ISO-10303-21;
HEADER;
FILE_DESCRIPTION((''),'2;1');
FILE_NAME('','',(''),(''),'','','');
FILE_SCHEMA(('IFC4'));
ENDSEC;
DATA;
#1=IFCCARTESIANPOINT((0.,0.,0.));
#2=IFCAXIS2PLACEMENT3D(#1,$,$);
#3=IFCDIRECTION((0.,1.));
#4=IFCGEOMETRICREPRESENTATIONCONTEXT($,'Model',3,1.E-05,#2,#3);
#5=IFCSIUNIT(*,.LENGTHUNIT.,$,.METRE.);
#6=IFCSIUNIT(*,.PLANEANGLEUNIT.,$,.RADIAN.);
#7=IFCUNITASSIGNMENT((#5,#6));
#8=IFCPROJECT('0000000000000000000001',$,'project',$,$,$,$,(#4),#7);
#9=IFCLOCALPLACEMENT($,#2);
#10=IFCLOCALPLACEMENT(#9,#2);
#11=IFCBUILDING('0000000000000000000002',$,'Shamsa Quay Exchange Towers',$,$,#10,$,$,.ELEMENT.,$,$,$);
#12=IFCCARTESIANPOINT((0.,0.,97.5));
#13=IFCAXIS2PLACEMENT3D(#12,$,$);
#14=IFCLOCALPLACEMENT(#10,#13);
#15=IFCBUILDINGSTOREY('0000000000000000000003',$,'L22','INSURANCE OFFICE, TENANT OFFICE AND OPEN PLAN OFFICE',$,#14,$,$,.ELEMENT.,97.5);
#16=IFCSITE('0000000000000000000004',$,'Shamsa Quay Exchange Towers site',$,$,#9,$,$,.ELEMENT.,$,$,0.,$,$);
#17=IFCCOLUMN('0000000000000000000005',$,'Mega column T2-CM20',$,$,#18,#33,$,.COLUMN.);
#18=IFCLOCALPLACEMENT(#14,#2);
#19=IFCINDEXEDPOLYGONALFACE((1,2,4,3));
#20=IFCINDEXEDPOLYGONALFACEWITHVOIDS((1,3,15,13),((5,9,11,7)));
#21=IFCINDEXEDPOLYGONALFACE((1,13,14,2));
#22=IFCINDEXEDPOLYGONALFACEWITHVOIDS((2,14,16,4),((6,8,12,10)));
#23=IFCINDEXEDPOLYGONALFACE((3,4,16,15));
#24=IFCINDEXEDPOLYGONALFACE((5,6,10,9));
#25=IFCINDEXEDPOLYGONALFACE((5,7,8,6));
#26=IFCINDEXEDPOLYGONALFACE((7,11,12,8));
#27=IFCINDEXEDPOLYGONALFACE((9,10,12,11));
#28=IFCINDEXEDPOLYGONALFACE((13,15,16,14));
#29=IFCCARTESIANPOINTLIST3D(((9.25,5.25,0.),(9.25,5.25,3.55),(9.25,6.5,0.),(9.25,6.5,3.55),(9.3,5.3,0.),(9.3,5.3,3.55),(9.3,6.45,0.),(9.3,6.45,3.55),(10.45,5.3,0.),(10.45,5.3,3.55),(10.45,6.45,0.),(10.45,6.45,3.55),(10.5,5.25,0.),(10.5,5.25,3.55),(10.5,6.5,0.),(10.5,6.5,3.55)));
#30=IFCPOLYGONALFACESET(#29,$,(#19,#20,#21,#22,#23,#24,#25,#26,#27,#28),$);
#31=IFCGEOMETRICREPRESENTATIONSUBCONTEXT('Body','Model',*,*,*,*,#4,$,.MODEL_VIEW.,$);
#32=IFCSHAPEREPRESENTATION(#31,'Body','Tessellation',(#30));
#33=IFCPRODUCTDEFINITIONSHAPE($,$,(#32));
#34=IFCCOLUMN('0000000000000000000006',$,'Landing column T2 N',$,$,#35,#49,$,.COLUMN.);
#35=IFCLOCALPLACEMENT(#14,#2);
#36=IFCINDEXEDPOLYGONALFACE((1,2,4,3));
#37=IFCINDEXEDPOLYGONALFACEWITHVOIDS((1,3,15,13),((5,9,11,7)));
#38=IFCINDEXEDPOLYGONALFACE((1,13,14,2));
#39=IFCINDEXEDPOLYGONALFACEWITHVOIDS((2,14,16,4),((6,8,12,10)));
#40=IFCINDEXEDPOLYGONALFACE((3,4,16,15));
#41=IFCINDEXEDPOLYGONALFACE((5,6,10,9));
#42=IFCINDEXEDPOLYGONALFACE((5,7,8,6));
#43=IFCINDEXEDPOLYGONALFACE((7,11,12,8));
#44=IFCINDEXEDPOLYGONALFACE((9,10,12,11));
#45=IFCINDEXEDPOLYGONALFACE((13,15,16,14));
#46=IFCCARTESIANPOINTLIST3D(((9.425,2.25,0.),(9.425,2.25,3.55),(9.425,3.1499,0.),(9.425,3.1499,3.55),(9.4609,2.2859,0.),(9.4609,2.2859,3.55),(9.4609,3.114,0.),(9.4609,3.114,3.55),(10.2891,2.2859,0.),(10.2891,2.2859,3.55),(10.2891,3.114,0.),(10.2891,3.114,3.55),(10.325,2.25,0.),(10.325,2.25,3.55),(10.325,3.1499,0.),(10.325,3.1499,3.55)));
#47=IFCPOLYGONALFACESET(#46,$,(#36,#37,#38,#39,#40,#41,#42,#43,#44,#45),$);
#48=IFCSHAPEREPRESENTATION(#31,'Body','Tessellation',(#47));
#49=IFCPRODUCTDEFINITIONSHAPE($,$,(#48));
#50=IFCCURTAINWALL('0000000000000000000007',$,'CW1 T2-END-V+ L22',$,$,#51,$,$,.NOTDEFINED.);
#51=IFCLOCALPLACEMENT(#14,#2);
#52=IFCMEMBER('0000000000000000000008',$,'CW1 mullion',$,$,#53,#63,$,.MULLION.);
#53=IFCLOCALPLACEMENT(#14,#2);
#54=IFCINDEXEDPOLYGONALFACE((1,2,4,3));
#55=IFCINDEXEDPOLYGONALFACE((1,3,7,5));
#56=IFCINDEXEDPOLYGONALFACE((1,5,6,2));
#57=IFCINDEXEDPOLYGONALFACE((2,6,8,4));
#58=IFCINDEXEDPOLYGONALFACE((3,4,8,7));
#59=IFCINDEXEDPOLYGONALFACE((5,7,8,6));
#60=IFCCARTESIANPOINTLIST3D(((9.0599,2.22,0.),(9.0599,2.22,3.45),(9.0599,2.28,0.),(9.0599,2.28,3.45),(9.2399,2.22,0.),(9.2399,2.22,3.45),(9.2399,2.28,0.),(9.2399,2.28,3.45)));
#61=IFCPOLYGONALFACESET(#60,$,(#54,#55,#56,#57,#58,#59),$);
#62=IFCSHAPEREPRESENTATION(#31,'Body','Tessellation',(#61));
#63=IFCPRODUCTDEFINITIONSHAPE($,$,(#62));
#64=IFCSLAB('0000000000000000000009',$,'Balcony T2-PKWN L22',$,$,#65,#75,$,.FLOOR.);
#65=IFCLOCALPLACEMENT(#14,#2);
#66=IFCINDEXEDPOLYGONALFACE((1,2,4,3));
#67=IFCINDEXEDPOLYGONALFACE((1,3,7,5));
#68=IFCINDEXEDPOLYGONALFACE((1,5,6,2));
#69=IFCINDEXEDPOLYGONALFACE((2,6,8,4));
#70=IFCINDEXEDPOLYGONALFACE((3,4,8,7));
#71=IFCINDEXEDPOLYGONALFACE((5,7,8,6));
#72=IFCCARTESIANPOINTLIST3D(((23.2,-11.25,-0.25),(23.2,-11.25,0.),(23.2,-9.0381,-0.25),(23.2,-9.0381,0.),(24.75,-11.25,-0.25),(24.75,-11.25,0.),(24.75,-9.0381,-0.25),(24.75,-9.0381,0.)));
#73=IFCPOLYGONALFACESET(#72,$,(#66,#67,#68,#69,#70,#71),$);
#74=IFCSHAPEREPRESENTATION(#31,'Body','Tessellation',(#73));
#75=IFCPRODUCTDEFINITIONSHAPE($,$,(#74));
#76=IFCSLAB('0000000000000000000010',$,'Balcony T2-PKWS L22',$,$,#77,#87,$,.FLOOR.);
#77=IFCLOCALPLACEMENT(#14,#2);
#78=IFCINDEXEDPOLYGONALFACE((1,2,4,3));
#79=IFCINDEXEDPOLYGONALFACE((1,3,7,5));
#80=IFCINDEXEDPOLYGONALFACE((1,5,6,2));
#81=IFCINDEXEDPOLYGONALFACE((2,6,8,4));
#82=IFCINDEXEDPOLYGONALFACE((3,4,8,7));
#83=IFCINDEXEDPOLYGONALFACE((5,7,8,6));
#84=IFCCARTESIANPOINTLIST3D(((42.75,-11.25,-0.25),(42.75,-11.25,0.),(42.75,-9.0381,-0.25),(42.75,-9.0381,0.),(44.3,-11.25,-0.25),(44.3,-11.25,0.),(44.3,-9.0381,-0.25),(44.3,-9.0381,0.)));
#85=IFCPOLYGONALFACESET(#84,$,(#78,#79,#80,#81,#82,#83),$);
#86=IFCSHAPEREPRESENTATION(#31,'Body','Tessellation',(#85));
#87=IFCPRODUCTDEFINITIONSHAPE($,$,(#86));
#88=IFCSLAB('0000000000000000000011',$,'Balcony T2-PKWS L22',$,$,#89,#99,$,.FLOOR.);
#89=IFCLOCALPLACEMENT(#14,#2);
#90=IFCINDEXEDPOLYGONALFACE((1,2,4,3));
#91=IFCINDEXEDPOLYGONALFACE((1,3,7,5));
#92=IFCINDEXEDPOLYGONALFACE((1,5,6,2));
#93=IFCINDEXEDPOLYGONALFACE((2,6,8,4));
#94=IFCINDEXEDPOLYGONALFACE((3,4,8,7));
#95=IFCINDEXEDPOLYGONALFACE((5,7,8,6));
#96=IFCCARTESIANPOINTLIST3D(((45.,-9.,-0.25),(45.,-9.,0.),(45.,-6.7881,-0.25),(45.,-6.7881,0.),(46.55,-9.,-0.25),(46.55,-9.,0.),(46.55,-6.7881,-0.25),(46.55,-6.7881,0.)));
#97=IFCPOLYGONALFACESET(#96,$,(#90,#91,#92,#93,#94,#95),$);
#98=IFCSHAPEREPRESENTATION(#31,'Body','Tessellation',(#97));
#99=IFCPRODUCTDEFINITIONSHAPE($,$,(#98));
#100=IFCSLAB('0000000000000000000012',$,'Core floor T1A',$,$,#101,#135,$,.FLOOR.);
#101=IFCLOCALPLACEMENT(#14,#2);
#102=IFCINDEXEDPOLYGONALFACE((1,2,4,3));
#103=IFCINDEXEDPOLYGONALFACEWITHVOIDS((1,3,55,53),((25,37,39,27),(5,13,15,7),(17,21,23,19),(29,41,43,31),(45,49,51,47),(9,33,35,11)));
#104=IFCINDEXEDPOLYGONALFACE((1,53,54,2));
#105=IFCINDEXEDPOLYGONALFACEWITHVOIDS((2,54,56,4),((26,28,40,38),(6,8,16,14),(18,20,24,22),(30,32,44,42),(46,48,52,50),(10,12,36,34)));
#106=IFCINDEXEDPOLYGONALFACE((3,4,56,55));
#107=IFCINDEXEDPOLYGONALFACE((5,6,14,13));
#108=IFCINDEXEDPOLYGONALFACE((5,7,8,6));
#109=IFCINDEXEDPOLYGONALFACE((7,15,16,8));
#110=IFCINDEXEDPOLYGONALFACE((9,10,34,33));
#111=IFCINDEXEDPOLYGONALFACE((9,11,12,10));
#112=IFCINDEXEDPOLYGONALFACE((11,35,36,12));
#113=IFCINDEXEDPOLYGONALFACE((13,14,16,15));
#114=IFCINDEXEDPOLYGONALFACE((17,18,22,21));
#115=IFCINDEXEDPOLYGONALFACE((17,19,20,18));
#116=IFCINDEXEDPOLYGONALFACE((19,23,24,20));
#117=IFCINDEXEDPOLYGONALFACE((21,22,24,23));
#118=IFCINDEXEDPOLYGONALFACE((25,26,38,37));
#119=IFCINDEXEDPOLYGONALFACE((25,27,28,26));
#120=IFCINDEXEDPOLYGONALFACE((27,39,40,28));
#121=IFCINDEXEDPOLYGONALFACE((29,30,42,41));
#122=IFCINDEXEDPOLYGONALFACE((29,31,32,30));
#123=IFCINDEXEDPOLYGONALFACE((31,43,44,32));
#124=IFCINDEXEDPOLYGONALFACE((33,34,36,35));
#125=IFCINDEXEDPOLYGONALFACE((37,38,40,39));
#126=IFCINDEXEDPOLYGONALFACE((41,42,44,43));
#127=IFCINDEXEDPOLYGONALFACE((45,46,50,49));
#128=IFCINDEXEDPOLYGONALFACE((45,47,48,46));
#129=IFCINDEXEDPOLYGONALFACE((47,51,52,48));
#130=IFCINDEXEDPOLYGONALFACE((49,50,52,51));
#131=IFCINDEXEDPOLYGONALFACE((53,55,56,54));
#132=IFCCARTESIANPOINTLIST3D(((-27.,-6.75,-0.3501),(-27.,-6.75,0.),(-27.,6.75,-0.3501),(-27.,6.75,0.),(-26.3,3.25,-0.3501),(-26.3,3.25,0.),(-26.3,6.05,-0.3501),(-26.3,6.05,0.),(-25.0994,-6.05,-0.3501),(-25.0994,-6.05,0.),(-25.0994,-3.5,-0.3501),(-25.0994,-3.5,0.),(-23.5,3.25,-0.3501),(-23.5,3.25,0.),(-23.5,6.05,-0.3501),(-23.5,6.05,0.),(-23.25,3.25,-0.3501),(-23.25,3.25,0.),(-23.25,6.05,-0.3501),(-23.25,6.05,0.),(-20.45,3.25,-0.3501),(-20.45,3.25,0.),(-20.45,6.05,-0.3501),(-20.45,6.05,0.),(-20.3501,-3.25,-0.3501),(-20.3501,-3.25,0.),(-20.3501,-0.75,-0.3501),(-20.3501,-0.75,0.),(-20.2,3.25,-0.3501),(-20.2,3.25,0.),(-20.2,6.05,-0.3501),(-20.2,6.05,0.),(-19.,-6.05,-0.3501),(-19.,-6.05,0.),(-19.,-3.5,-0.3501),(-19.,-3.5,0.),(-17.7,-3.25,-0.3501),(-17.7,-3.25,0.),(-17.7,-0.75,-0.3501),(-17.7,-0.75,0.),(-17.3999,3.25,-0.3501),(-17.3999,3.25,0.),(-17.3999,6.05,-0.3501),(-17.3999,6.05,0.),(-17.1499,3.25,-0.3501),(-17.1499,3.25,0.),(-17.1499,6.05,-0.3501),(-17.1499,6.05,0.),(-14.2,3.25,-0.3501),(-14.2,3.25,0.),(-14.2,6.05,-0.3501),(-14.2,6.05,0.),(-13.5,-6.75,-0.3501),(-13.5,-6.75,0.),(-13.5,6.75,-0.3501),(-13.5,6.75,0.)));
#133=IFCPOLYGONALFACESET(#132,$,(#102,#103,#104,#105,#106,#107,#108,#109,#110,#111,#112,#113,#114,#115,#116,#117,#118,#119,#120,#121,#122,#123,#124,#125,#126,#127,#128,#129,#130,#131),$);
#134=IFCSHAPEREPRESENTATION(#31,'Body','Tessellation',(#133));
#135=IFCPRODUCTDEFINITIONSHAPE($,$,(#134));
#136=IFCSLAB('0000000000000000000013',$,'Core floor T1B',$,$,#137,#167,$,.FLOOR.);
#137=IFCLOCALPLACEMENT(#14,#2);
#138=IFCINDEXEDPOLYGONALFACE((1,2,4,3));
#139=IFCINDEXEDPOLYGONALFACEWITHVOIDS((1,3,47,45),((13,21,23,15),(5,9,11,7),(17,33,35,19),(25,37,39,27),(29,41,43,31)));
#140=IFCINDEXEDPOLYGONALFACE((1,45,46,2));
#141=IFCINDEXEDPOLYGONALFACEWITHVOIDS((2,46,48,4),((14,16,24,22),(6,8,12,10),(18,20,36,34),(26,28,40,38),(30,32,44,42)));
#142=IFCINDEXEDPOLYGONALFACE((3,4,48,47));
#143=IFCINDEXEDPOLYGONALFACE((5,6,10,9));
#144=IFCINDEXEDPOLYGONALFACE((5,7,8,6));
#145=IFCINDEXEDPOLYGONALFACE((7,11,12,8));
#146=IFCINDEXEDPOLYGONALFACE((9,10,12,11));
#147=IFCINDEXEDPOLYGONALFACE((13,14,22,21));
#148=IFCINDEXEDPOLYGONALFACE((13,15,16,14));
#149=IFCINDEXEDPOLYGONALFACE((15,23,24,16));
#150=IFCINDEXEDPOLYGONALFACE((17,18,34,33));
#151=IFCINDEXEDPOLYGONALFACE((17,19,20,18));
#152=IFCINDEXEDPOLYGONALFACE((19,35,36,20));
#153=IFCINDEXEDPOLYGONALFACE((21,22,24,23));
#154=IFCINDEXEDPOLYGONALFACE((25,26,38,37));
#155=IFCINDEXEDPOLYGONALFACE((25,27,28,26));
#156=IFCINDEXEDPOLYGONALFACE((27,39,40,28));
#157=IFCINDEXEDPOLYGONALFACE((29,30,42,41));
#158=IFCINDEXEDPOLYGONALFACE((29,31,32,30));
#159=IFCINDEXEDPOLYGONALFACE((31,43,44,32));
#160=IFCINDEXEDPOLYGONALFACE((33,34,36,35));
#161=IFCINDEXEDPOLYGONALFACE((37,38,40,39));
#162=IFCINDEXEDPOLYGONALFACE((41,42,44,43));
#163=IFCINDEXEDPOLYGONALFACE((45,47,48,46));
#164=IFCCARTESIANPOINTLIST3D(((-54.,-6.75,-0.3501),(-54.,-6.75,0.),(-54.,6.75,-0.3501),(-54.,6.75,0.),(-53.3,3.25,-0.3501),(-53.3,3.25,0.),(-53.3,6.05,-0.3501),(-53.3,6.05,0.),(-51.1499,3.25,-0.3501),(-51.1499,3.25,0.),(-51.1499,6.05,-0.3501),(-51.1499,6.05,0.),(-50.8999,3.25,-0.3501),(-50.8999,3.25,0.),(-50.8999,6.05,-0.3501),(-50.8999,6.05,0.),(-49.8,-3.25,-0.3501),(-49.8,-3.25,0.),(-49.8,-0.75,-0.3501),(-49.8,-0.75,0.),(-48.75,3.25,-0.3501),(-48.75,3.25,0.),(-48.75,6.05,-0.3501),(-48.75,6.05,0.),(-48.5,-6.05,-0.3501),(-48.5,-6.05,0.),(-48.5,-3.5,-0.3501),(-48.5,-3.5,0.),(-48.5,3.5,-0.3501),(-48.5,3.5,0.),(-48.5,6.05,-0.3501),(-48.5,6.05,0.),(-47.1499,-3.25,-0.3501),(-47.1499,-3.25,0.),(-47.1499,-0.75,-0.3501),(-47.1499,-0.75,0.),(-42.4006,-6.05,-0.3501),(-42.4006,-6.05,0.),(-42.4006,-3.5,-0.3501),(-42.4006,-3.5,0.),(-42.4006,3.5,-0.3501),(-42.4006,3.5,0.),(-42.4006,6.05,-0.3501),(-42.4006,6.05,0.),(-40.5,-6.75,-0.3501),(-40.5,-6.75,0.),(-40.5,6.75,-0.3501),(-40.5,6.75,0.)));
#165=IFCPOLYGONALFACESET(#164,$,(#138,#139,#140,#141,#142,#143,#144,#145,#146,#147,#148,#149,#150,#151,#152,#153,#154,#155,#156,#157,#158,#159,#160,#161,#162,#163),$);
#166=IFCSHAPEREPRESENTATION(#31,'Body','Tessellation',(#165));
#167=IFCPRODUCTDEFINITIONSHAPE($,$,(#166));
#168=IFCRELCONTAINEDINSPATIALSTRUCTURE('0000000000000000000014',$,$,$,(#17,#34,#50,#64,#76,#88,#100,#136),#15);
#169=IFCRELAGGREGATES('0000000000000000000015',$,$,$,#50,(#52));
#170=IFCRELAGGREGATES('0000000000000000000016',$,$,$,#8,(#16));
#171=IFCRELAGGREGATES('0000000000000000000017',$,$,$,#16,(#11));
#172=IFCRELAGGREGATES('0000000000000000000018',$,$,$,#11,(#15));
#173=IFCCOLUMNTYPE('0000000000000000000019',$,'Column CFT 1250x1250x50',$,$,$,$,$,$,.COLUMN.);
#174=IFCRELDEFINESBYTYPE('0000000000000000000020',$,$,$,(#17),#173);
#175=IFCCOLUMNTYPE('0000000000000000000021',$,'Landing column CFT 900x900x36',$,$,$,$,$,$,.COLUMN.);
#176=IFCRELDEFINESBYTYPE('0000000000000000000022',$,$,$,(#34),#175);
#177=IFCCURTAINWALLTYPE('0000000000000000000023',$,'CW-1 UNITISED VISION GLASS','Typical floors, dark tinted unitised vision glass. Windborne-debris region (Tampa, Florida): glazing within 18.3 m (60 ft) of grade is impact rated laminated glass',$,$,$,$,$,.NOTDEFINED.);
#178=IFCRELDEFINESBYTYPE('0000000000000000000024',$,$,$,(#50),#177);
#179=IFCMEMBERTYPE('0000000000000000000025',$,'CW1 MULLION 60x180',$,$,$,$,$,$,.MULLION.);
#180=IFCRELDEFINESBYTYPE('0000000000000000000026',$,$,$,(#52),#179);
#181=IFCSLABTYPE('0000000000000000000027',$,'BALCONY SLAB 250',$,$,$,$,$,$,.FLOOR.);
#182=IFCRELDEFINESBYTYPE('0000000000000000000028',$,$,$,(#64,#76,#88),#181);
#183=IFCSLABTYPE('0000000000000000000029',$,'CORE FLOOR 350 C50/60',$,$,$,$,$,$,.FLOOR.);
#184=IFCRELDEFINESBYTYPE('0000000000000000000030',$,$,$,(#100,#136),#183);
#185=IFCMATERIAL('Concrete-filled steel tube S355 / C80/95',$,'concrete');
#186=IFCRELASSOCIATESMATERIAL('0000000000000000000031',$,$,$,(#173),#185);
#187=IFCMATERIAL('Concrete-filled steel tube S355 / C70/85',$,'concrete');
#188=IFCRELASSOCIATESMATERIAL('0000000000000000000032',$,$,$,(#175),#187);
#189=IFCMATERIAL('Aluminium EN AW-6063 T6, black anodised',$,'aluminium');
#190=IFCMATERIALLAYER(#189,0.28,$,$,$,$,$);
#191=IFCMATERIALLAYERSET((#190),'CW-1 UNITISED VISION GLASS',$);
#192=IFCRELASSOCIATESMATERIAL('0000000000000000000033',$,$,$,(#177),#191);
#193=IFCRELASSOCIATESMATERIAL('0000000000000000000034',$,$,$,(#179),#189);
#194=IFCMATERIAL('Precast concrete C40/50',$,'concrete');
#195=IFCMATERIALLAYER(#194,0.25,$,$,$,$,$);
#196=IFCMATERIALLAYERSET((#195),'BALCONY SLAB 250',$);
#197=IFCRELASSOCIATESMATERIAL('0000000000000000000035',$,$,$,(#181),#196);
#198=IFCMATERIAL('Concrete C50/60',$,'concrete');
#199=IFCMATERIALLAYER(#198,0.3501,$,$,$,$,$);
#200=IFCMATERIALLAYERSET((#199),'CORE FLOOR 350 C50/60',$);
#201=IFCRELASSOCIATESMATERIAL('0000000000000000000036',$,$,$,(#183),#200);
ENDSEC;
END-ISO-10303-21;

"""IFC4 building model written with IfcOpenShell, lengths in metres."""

from ifc_helpers import new_model, si_unit, direction, frame, origin, origin_2d, place, context, subcontext, project, spatial, polyline, rectangle, hollow_rectangle, outline, extrude, material, layer, layer_set, material_profile, profile_set, type_object, element, aggregate, save


model = new_model("IFC4")

# Units and contexts
model_context = context("Model", 3, precision=1e-05, world=origin(), true_north=direction((0.0, 1.0)))
body_context = subcontext(model_context, "Body", "Model", "MODEL_VIEW")
ifc_project = project(units=[si_unit("LENGTHUNIT", "METRE"), si_unit("PLANEANGLEUNIT", "RADIAN")], contexts=[model_context])

# Site, building, storey
site_placement = place(None, origin())
site = spatial("IfcSite", under=ifc_project, at=site_placement, Name="Shamsa Quay Exchange Towers site", CompositionType="ELEMENT", RefElevation=0.0)
building_placement = place(site_placement, origin())
building = spatial("IfcBuilding", under=site, at=building_placement, Name="Shamsa Quay Exchange Towers", CompositionType="ELEMENT")
storey_placement = place(building_placement, frame((0.0, 0.0, 97.5)))
storey = spatial("IfcBuildingStorey", under=building, at=storey_placement, Name="L22", Description="INSURANCE OFFICE, TENANT OFFICE AND OPEN PLAN OFFICE", CompositionType="ELEMENT", Elevation=97.5)

# Columns
ifc_material_1 = material(Name="Concrete-filled steel tube S355 / C80/95", Category="concrete")
ifc_material_profile_1 = material_profile(ifc_material_1, hollow_rectangle(XDim=1.25, YDim=1.25, WallThickness=0.05, at=origin_2d()), Name="CFT 1250x1250x50")
ifc_profile_set_1 = profile_set([ifc_material_profile_1], Name="Concrete-filled steel tube S355 / C80/95")
column_type_1 = type_object("IfcColumnType", Name="Column CFT 1250x1250x50", PredefinedType="COLUMN", material=ifc_profile_set_1)
column_1_placement = place(storey_placement, frame((9.875, 5.875, 0.0)))
element("IfcColumn", 1, at=column_1_placement, inside=storey, type_object=column_type_1, Name="Mega column T2-CM20", PredefinedType="COLUMN", context=body_context, shape_type="SweptSolid", body=[
    extrude(hollow_rectangle(XDim=1.25, YDim=1.25, WallThickness=0.05, at=origin_2d()), origin(), (0.0, 0.0, 1.0), 3.55),
])
ifc_material_2 = material(Name="Concrete-filled steel tube S355 / C70/85", Category="concrete")
ifc_material_profile_2 = material_profile(ifc_material_2, hollow_rectangle(XDim=0.8999, YDim=0.8999, WallThickness=0.0359, at=origin_2d()), Name="CFT 900x900x36")
ifc_profile_set_2 = profile_set([ifc_material_profile_2], Name="Concrete-filled steel tube S355 / C70/85")
column_type_2 = type_object("IfcColumnType", Name="Landing column CFT 900x900x36", PredefinedType="COLUMN", material=ifc_profile_set_2)
column_2_placement = place(storey_placement, frame((9.875, 2.7, 0.0)))
element("IfcColumn", 2, at=column_2_placement, inside=storey, type_object=column_type_2, Name="Landing column T2 N", PredefinedType="COLUMN", context=body_context, shape_type="SweptSolid", body=[
    extrude(hollow_rectangle(XDim=0.8999, YDim=0.8999, WallThickness=0.0359, at=origin_2d()), origin(), (0.0, 0.0, 1.0), 3.55),
])

# Curtain wall, member
ifc_material_3 = material(Name="Aluminium EN AW-6063 T6, black anodised", Category="aluminium")
ifc_layer_1 = layer(ifc_material_3, 0.28)
ifc_layer_set_1 = layer_set([ifc_layer_1], Name="CW-1 UNITISED VISION GLASS")
curtain_wall_type = type_object("IfcCurtainWallType", Name="CW-1 UNITISED VISION GLASS", Description="Typical floors, dark tinted unitised vision glass. Windborne-debris region (Tampa, Florida): glazing within 18.3 m (60 ft) of grade is impact rated laminated glass", PredefinedType="NOTDEFINED", material=ifc_layer_set_1)
curtain_wall_1_placement = place(storey_placement, origin())
curtain_wall_1 = element("IfcCurtainWall", 3, at=curtain_wall_1_placement, inside=storey, type_object=curtain_wall_type, Name="CW1 T2-END-V+ L22", PredefinedType="NOTDEFINED")
ifc_material_profile_3 = material_profile(ifc_material_3, rectangle(XDim=0.1799, YDim=0.0601, at=origin_2d()), Name="MU60x180")
ifc_profile_set_3 = profile_set([ifc_material_profile_3], Name="Aluminium EN AW-6063 T6, black anodised")
member_type = type_object("IfcMemberType", Name="CW1 MULLION 60x180", PredefinedType="MULLION", material=ifc_profile_set_3)
member_placement = place(storey_placement, frame((9.1499, 2.25, 0.0)))
member = element("IfcMember", 4, at=member_placement, type_object=member_type, Name="CW1 mullion", PredefinedType="MULLION", context=body_context, shape_type="SweptSolid", body=[
    extrude(rectangle(XDim=0.1799, YDim=0.0601, at=origin_2d()), origin(), (0.0, 0.0, 1.0), 3.45),
])

# Slabs
ifc_material_4 = material(Name="Precast concrete C40/50", Category="concrete")
ifc_layer_2 = layer(ifc_material_4, 0.25)
ifc_layer_set_2 = layer_set([ifc_layer_2], Name="BALCONY SLAB 250")
slab_type_1 = type_object("IfcSlabType", Name="BALCONY SLAB 250", PredefinedType="FLOOR", material=ifc_layer_set_2)
slab_1_placement = place(storey_placement, frame((0.0, 0.0, -0.25)))
element("IfcSlab", 5, at=slab_1_placement, inside=storey, type_object=slab_type_1, Name="Balcony T2-PKWN L22", PredefinedType="FLOOR", context=body_context, shape_type="SweptSolid", body=[
    extrude(outline(polyline([(24.75, -9.0381), (24.75, -11.25), (23.2, -11.25), (23.2, -9.0381), (24.75, -9.0381)])), origin(), (0.0, 0.0, 1.0), 0.25),
])
slab_2_placement = place(storey_placement, frame((0.0, 0.0, -0.25)))
element("IfcSlab", 6, at=slab_2_placement, inside=storey, type_object=slab_type_1, Name="Balcony T2-PKWS L22", PredefinedType="FLOOR", context=body_context, shape_type="SweptSolid", body=[
    extrude(outline(polyline([(42.75, -11.25), (42.75, -9.0381), (44.3, -9.0381), (44.3, -11.25), (42.75, -11.25)])), origin(), (0.0, 0.0, 1.0), 0.25),
])
slab_3_placement = place(storey_placement, frame((0.0, 0.0, -0.25)))
element("IfcSlab", 7, at=slab_3_placement, inside=storey, type_object=slab_type_1, Name="Balcony T2-PKWS L22", PredefinedType="FLOOR", context=body_context, shape_type="SweptSolid", body=[
    extrude(outline(polyline([(45.0, -9.0), (45.0, -6.7881), (46.55, -6.7881), (46.55, -9.0), (45.0, -9.0)])), origin(), (0.0, 0.0, 1.0), 0.25),
])
ifc_material_5 = material(Name="Concrete C50/60", Category="concrete")
ifc_layer_3 = layer(ifc_material_5, 0.3501)
ifc_layer_set_3 = layer_set([ifc_layer_3], Name="CORE FLOOR 350 C50/60")
slab_type_2 = type_object("IfcSlabType", Name="CORE FLOOR 350 C50/60", PredefinedType="FLOOR", material=ifc_layer_set_3)
slab_4_placement = place(storey_placement, frame((0.0, 0.0, -0.3501)))
element("IfcSlab", 8, at=slab_4_placement, inside=storey, type_object=slab_type_2, Name="Core floor T1A", PredefinedType="FLOOR", context=body_context, shape_type="SweptSolid", body=[
    extrude(outline(polyline([(-27.0, -6.75), (-13.5, -6.75), (-13.5, 6.75), (-27.0, 6.75), (-27.0, -6.75)]), holes=[polyline([(-25.0994, -6.05), (-25.0994, -3.5), (-19.0, -3.5), (-19.0, -6.05), (-25.0994, -6.05)]), polyline([(-26.3, 3.25), (-26.3, 6.05), (-23.5, 6.05), (-23.5, 3.25), (-26.3, 3.25)]), polyline([(-23.25, 3.25), (-23.25, 6.05), (-20.45, 6.05), (-20.45, 3.25), (-23.25, 3.25)]), polyline([(-20.2, 3.25), (-20.2, 6.05), (-17.3999, 6.05), (-17.3999, 3.25), (-20.2, 3.25)]), polyline([(-17.1499, 3.25), (-17.1499, 6.05), (-14.2, 6.05), (-14.2, 3.25), (-17.1499, 3.25)]), polyline([(-20.3501, -3.25), (-20.3501, -0.75), (-17.7, -0.75), (-17.7, -3.25), (-20.3501, -3.25)])]), origin(), (0.0, 0.0, 1.0), 0.3501),
])
slab_5_placement = place(storey_placement, frame((0.0, 0.0, -0.3501)))
element("IfcSlab", 9, at=slab_5_placement, inside=storey, type_object=slab_type_2, Name="Core floor T1B", PredefinedType="FLOOR", context=body_context, shape_type="SweptSolid", body=[
    extrude(outline(polyline([(-40.5, -6.75), (-40.5, 6.75), (-54.0, 6.75), (-54.0, -6.75), (-40.5, -6.75)]), holes=[polyline([(-42.4006, -3.5), (-42.4006, -6.05), (-48.5, -6.05), (-48.5, -3.5), (-42.4006, -3.5)]), polyline([(-42.4006, 6.05), (-42.4006, 3.5), (-48.5, 3.5), (-48.5, 6.05), (-42.4006, 6.05)]), polyline([(-48.75, 3.25), (-50.8999, 3.25), (-50.8999, 6.05), (-48.75, 6.05), (-48.75, 3.25)]), polyline([(-51.1499, 3.25), (-53.3, 3.25), (-53.3, 6.05), (-51.1499, 6.05), (-51.1499, 3.25)]), polyline([(-47.1499, -3.25), (-49.8, -3.25), (-49.8, -0.75), (-47.1499, -0.75), (-47.1499, -3.25)])]), origin(), (0.0, 0.0, 1.0), 0.3501),
])

aggregate(curtain_wall_1, [member])

save(model, "model.ifc")
